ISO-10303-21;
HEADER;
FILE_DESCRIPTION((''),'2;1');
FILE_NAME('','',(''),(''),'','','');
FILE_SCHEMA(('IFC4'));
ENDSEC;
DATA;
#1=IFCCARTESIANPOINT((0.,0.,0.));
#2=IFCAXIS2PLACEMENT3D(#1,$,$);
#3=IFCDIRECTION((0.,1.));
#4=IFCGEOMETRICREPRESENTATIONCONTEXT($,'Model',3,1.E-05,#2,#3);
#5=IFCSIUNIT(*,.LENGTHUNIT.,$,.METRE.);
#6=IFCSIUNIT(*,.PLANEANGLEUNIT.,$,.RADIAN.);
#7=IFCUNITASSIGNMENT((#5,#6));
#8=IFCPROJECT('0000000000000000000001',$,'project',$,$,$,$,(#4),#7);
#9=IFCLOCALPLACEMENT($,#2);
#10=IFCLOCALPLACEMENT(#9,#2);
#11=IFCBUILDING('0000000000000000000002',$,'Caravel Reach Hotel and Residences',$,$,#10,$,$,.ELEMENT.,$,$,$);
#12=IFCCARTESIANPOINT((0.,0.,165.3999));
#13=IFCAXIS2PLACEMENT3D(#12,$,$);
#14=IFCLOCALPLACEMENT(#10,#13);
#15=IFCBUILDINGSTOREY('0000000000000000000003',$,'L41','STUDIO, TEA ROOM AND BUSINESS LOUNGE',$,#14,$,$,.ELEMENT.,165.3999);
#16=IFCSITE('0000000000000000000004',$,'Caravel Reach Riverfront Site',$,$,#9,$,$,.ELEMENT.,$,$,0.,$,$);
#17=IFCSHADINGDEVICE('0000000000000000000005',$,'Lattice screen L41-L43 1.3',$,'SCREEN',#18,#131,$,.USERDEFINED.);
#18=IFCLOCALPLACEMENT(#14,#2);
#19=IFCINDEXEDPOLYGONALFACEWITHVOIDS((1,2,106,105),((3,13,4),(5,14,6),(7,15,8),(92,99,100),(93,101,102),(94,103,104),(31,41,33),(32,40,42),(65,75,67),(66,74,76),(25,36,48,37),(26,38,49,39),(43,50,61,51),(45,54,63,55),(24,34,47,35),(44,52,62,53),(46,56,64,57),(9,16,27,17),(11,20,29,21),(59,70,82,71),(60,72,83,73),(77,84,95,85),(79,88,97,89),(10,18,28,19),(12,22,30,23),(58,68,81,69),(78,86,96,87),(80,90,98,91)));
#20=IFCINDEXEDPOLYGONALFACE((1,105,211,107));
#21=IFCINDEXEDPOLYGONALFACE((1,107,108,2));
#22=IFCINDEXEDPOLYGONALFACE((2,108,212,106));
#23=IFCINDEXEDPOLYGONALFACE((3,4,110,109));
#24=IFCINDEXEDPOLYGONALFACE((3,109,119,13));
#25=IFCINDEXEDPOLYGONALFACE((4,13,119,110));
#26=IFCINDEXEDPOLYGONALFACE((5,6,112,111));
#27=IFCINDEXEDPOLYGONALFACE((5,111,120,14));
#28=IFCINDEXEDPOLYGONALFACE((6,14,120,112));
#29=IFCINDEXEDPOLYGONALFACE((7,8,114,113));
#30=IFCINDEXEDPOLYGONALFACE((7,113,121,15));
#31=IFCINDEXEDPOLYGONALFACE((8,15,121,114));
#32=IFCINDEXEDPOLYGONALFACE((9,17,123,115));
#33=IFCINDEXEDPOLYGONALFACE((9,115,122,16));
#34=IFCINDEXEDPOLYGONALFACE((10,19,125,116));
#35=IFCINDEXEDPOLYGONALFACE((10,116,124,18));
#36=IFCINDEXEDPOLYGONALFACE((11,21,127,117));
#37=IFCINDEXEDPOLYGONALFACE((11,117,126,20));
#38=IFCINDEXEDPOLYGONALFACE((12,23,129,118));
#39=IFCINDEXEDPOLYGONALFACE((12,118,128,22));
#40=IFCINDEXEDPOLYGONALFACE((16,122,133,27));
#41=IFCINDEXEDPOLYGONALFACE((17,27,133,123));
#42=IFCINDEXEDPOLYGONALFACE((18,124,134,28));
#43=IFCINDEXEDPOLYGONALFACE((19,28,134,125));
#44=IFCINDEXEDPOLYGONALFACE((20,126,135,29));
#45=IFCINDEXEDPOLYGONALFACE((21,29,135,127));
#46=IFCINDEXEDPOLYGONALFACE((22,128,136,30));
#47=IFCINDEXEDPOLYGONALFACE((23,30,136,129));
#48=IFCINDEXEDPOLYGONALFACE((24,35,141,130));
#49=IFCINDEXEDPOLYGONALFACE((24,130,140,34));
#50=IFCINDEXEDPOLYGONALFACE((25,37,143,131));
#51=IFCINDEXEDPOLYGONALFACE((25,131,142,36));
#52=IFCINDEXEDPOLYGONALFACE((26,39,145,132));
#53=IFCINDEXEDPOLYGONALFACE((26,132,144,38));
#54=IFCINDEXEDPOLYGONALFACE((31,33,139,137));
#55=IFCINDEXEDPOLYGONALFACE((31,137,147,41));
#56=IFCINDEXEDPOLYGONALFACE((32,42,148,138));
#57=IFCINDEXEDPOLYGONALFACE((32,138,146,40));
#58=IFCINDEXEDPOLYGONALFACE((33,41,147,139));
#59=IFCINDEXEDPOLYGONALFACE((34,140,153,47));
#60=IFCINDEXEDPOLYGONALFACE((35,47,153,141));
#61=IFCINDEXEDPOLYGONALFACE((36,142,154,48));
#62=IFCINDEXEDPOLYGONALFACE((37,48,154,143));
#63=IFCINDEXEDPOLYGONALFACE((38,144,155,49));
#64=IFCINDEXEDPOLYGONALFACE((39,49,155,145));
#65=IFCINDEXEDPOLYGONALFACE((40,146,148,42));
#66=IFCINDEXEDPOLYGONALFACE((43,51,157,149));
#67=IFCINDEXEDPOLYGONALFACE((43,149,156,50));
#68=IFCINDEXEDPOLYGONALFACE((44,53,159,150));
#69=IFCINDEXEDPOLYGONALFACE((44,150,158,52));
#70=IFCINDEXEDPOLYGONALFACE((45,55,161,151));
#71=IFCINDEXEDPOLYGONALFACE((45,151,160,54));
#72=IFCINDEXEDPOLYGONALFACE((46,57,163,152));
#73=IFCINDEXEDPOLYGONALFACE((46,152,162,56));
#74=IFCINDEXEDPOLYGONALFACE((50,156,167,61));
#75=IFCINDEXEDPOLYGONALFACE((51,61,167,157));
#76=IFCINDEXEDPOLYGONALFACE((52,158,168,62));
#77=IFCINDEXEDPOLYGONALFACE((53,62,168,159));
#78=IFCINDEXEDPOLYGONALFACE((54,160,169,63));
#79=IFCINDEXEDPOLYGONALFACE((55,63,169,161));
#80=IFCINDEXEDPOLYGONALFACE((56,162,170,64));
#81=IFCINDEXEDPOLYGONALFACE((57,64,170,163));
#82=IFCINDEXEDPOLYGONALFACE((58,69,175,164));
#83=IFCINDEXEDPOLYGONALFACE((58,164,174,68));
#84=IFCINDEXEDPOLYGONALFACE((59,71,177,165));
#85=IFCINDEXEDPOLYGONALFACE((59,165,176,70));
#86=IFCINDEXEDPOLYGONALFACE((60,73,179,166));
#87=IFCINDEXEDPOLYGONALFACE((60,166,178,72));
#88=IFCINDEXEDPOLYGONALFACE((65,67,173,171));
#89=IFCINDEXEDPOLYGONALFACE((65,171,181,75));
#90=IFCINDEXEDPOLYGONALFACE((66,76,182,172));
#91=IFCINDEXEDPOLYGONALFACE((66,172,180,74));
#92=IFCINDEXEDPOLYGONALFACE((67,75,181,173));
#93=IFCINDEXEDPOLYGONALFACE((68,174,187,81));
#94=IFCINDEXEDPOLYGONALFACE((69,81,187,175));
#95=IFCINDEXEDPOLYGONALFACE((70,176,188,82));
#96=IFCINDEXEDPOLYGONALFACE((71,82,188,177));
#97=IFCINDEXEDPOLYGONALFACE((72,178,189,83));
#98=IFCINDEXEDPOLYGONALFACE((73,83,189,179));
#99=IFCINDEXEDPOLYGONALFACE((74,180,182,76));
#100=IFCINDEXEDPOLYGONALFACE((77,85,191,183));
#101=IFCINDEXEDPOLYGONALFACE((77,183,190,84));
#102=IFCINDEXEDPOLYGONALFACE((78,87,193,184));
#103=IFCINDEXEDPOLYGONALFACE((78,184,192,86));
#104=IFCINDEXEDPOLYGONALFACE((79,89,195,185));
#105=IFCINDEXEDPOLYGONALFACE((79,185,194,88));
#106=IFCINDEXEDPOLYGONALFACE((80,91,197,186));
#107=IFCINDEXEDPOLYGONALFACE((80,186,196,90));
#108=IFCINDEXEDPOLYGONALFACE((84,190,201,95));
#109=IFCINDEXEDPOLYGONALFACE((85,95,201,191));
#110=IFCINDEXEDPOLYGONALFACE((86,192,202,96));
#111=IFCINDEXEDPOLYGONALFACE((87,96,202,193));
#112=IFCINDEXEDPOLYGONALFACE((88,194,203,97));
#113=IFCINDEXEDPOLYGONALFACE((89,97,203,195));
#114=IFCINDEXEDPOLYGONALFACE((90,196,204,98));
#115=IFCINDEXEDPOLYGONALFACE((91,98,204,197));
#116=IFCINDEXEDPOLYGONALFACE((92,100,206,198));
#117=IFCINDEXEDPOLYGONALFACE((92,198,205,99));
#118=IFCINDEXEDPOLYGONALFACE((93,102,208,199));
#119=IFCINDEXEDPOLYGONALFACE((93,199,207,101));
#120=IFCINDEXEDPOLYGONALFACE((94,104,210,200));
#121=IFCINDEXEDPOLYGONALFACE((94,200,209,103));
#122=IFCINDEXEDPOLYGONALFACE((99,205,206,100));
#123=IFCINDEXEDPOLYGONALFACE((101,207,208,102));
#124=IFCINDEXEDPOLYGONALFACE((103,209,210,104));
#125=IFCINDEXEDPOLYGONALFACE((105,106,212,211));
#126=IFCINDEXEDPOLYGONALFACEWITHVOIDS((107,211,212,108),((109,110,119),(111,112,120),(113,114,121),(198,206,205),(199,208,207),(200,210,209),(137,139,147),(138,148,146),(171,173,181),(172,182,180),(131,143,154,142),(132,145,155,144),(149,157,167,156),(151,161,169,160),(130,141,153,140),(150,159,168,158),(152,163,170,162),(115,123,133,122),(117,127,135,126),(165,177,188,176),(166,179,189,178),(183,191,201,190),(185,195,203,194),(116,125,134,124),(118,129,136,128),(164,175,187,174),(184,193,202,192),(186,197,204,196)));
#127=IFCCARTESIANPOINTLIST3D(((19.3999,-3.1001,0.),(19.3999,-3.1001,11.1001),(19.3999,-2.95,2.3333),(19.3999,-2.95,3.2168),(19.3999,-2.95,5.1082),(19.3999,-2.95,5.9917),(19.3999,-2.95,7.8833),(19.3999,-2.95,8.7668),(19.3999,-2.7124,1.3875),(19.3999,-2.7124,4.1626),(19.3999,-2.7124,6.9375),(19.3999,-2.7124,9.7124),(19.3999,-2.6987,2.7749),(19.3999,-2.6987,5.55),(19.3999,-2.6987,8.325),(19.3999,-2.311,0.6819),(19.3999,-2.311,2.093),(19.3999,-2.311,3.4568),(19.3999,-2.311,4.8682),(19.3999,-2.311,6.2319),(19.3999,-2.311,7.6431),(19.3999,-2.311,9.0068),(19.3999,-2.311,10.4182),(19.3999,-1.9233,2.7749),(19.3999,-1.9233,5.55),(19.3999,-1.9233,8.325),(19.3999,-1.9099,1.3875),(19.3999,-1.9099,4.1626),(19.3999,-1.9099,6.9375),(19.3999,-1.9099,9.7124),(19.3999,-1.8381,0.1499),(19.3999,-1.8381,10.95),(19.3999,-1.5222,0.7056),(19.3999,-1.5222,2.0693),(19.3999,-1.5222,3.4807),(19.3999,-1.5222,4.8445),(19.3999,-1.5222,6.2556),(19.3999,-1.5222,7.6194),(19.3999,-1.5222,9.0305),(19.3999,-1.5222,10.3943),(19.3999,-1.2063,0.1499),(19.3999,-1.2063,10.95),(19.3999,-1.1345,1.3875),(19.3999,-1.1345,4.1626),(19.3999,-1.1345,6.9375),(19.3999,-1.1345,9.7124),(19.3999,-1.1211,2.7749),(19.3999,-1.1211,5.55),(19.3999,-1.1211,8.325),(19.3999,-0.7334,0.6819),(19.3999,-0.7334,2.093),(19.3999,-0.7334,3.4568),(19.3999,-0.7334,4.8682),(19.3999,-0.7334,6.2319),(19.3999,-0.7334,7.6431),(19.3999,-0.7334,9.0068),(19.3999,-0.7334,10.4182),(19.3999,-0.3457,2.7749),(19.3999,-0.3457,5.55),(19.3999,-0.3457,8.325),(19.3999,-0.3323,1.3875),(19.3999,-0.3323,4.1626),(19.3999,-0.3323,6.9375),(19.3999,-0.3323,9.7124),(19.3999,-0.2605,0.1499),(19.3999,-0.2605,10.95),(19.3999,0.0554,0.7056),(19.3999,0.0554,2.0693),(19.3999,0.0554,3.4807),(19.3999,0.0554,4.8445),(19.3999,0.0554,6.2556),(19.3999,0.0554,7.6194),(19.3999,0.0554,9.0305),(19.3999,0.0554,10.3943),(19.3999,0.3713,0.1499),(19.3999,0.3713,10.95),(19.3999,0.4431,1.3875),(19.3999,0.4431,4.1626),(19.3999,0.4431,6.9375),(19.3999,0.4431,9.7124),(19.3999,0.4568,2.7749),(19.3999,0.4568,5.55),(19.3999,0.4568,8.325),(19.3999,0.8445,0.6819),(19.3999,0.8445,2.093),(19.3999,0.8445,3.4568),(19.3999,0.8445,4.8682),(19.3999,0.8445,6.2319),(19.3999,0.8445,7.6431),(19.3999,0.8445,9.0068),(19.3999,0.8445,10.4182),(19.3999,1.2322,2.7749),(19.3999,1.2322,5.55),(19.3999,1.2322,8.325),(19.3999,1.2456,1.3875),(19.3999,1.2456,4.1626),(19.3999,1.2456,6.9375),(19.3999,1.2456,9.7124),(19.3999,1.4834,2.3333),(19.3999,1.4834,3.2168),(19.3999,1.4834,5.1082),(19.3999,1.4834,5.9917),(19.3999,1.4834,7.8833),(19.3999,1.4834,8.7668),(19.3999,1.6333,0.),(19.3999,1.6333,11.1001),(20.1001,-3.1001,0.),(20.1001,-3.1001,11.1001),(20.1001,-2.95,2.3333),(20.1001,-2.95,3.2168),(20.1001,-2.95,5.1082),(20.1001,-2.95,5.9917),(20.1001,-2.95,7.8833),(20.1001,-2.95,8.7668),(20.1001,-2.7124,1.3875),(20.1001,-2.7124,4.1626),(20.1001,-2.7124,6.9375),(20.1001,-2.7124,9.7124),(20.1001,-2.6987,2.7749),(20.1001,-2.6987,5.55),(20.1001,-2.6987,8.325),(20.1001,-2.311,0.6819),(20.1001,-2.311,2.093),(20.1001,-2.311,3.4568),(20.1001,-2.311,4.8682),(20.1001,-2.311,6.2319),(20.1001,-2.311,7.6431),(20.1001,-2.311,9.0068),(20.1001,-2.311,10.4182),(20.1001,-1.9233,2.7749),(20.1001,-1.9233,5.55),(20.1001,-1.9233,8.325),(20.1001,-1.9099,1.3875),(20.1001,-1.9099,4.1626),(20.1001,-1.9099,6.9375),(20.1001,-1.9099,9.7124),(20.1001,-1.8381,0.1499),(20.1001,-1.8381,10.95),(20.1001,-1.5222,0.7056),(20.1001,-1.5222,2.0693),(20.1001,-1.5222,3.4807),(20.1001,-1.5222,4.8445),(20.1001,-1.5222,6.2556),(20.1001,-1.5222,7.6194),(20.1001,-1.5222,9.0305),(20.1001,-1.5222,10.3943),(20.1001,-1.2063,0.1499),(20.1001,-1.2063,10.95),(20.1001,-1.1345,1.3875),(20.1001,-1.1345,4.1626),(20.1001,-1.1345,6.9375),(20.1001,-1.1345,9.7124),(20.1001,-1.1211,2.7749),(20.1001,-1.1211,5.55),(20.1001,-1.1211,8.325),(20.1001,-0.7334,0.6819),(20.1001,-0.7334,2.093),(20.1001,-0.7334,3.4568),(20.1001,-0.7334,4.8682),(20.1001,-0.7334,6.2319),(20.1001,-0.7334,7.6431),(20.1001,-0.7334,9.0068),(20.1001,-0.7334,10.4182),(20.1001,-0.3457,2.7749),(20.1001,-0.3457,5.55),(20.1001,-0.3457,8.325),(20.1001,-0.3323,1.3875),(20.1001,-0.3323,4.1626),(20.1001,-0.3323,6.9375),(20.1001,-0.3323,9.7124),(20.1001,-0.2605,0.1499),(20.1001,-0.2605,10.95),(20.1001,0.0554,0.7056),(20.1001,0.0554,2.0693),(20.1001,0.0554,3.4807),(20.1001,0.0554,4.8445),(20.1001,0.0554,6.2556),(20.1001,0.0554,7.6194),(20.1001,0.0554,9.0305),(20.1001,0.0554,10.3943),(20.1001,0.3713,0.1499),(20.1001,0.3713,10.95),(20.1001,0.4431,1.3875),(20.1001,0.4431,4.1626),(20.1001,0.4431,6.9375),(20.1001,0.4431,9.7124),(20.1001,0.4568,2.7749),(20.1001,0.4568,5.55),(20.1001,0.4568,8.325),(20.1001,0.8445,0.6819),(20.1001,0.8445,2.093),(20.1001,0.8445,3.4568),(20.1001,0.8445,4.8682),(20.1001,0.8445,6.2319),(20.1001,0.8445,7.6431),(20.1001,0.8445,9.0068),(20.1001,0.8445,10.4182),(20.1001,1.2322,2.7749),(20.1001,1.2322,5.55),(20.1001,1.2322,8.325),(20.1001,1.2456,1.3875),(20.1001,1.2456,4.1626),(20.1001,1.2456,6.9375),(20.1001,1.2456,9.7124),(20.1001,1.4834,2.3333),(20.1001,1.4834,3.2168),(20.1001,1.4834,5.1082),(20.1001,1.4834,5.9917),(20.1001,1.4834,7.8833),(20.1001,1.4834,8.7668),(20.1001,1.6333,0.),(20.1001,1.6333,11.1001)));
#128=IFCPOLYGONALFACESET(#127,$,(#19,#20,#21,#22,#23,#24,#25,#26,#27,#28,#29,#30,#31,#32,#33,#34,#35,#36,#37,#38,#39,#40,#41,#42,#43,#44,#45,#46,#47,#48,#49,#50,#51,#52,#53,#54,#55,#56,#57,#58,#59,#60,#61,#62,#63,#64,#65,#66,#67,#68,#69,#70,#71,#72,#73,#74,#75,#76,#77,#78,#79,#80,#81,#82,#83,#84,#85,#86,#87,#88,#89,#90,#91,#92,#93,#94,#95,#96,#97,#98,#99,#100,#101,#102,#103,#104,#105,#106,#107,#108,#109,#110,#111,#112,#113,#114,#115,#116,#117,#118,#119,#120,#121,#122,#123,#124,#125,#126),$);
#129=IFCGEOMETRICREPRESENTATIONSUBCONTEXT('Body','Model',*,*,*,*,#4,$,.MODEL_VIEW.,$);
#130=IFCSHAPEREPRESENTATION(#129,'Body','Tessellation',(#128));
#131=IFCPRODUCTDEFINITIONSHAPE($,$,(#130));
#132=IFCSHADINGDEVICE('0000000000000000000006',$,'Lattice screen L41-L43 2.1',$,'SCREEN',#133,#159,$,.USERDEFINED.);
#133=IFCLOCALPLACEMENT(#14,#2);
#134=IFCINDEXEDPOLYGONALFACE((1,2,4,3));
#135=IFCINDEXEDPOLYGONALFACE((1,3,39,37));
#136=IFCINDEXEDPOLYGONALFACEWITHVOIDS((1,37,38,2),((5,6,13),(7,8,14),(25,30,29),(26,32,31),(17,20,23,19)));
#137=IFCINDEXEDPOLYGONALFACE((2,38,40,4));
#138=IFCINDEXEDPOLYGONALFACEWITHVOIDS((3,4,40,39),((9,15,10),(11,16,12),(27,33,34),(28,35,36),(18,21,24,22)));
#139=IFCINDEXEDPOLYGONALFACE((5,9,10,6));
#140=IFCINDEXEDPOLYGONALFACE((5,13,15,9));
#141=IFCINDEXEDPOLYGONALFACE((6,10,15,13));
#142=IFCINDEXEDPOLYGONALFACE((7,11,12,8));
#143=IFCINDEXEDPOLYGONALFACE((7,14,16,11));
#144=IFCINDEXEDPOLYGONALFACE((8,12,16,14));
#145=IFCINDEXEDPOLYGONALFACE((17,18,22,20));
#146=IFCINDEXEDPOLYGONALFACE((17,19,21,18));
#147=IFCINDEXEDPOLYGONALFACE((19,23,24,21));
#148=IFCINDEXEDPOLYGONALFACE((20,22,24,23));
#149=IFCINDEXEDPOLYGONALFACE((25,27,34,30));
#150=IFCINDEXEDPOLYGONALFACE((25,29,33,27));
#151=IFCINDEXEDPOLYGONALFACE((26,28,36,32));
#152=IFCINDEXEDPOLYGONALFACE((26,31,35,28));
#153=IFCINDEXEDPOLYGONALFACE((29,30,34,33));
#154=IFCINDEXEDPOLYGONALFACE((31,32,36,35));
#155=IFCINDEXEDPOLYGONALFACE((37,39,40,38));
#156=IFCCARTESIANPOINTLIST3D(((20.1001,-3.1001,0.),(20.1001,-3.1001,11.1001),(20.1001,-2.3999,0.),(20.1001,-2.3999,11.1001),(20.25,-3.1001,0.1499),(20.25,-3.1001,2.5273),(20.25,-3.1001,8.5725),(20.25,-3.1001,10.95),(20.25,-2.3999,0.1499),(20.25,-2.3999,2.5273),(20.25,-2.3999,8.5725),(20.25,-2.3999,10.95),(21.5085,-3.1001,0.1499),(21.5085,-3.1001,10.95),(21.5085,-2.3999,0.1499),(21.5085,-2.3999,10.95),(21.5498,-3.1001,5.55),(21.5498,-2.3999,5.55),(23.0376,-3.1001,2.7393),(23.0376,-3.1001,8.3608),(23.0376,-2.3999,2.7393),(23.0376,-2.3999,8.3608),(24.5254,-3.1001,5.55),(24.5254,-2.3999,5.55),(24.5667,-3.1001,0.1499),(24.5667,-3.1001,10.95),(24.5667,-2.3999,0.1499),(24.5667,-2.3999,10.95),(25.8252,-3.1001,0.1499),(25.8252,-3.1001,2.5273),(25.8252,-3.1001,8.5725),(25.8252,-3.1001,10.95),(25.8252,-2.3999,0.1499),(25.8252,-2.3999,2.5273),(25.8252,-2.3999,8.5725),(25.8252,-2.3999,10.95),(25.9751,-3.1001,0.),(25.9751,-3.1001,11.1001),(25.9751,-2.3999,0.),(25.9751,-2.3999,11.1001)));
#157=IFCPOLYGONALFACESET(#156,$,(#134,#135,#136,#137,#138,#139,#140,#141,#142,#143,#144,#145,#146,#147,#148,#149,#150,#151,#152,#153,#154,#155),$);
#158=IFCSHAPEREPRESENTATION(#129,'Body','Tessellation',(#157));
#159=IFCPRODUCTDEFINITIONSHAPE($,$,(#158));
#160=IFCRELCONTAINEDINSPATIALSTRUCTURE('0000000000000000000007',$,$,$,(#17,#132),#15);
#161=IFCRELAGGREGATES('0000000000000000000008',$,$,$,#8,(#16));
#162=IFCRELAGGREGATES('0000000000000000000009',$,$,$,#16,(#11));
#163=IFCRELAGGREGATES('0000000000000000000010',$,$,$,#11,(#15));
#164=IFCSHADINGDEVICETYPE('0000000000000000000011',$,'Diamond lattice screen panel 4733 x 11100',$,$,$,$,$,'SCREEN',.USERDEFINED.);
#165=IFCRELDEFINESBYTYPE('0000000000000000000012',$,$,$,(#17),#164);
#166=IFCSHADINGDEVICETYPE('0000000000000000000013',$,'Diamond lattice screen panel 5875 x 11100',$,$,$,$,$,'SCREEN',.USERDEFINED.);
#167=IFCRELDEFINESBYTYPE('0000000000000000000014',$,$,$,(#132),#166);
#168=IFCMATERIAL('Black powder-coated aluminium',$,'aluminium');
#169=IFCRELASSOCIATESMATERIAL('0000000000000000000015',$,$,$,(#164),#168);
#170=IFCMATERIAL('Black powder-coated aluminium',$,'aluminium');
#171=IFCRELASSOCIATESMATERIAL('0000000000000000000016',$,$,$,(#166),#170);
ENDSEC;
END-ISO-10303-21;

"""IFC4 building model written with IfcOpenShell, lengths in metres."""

from ifc_helpers import new_model, si_unit, direction, frame, origin, place, context, subcontext, project, spatial, polyline, outline, extrude, material, type_object, element, save


model = new_model("IFC4")

# Units and contexts
model_context = context("Model", 3, precision=1e-05, world=origin(), true_north=direction((0.0, 1.0)))
body_context = subcontext(model_context, "Body", "Model", "MODEL_VIEW")
ifc_project = project(units=[si_unit("LENGTHUNIT", "METRE"), si_unit("PLANEANGLEUNIT", "RADIAN")], contexts=[model_context])

# Site, building, storey
site_placement = place(None, origin())
site = spatial("IfcSite", under=ifc_project, at=site_placement, Name="Caravel Reach Riverfront Site", CompositionType="ELEMENT", RefElevation=0.0)
building_placement = place(site_placement, origin())
building = spatial("IfcBuilding", under=site, at=building_placement, Name="Caravel Reach Hotel and Residences", CompositionType="ELEMENT")
storey_placement = place(building_placement, frame((0.0, 0.0, 165.3999)))
storey = spatial("IfcBuildingStorey", under=building, at=storey_placement, Name="L41", Description="STUDIO, TEA ROOM AND BUSINESS LOUNGE", CompositionType="ELEMENT", Elevation=165.3999)

# Shading devices
ifc_material_1 = material(Name="Black powder-coated aluminium", Category="aluminium")
shading_device_type_1 = type_object("IfcShadingDeviceType", Name="Diamond lattice screen panel 4733 x 11100", ElementType="SCREEN", PredefinedType="USERDEFINED", material=ifc_material_1)
shading_device_placement = place(storey_placement, frame((20.1001, 1.6333, 0.0), z_axis=(-1.0, 0.0, 0.0), x_axis=(0.0, -1.0, 0.0)))
element("IfcShadingDevice", 1, at=shading_device_placement, inside=storey, type_object=shading_device_type_1, Name="Lattice screen L41-L43 1.3", ObjectType="SCREEN", PredefinedType="USERDEFINED", context=body_context, shape_type="SweptSolid", body=[
    extrude(outline(polyline([(0.0, 0.0), (4.7334, 0.0), (4.7334, 11.1001), (0.0, 11.1001), (0.0, 0.0)]), holes=[polyline([(0.4011, 2.7749), (0.1499, 3.2168), (0.1499, 2.3333), (0.4011, 2.7749)]), polyline([(0.4011, 5.55), (0.1499, 5.9917), (0.1499, 5.1082), (0.4011, 5.55)]), polyline([(0.4011, 8.325), (0.1499, 8.7668), (0.1499, 7.8833), (0.4011, 8.325)]), polyline([(0.7888, 2.093), (0.3877, 1.3875), (0.7888, 0.6819), (1.1902, 1.3875), (0.7888, 2.093)]), polyline([(0.7888, 4.8682), (0.3877, 4.1626), (0.7888, 3.4568), (1.1902, 4.1626), (0.7888, 4.8682)]), polyline([(0.7888, 7.6431), (0.3877, 6.9375), (0.7888, 6.2319), (1.1902, 6.9375), (0.7888, 7.6431)]), polyline([(0.7888, 10.4182), (0.3877, 9.7124), (0.7888, 9.0068), (1.1902, 9.7124), (0.7888, 10.4182)]), polyline([(1.5779, 0.7056), (1.262, 0.1499), (1.8938, 0.1499), (1.5779, 0.7056)]), polyline([(1.5779, 3.4807), (1.1765, 2.7749), (1.5779, 2.0693), (1.979, 2.7749), (1.5779, 3.4807)]), polyline([(1.5779, 6.2556), (1.1765, 5.55), (1.5779, 4.8445), (1.979, 5.55), (1.5779, 6.2556)]), polyline([(1.5779, 9.0305), (1.1765, 8.325), (1.5779, 7.6194), (1.979, 8.325), (1.5779, 9.0305)]), polyline([(1.5779, 10.3943), (1.8938, 10.95), (1.262, 10.95), (1.5779, 10.3943)]), polyline([(2.3667, 2.093), (1.9656, 1.3875), (2.3667, 0.6819), (2.7678, 1.3875), (2.3667, 2.093)]), polyline([(2.3667, 4.8682), (1.9656, 4.1626), (2.3667, 3.4568), (2.7678, 4.1626), (2.3667, 4.8682)]), polyline([(2.3667, 7.6431), (1.9656, 6.9375), (2.3667, 6.2319), (2.7678, 6.9375), (2.3667, 7.6431)]), polyline([(2.3667, 10.4182), (1.9656, 9.7124), (2.3667, 9.0068), (2.7678, 9.7124), (2.3667, 10.4182)]), polyline([(3.1555, 0.7056), (2.8396, 0.1499), (3.4714, 0.1499), (3.1555, 0.7056)]), polyline([(3.1555, 3.4807), (2.7544, 2.7749), (3.1555, 2.0693), (3.5566, 2.7749), (3.1555, 3.4807)]), polyline([(3.1555, 6.2556), (2.7544, 5.55), (3.1555, 4.8445), (3.5566, 5.55), (3.1555, 6.2556)]), polyline([(3.1555, 9.0305), (2.7544, 8.325), (3.1555, 7.6194), (3.5566, 8.325), (3.1555, 9.0305)]), polyline([(3.1555, 10.3943), (3.4714, 10.95), (2.8396, 10.95), (3.1555, 10.3943)]), polyline([(3.9443, 2.093), (3.5432, 1.3875), (3.9443, 0.6819), (4.3457, 1.3875), (3.9443, 2.093)]), polyline([(3.9443, 4.8682), (3.5432, 4.1626), (3.9443, 3.4568), (4.3457, 4.1626), (3.9443, 4.8682)]), polyline([(3.9443, 7.6431), (3.5432, 6.9375), (3.9443, 6.2319), (4.3457, 6.9375), (3.9443, 7.6431)]), polyline([(3.9443, 10.4182), (3.5432, 9.7124), (3.9443, 9.0068), (4.3457, 9.7124), (3.9443, 10.4182)]), polyline([(4.332, 2.7749), (4.5833, 2.3333), (4.5833, 3.2168), (4.332, 2.7749)]), polyline([(4.332, 5.55), (4.5833, 5.1082), (4.5833, 5.9917), (4.332, 5.55)]), polyline([(4.332, 8.325), (4.5833, 7.8833), (4.5833, 8.7668), (4.332, 8.325)])]), origin(), (0.0, 0.0, 1.0), 0.7002),
])
ifc_material_2 = material(Name="Black powder-coated aluminium", Category="aluminium")
shading_device_type_2 = type_object("IfcShadingDeviceType", Name="Diamond lattice screen panel 5875 x 11100", ElementType="SCREEN", PredefinedType="USERDEFINED", material=ifc_material_2)
for number, where, z_axis, x_axis, name in (
    (2, (20.1001, -2.3999, 0.0), (0.0, -1.0, 0.0), (1.0, 0.0, 0.0), "Lattice screen L41-L43 2.1"),
):
    element("IfcShadingDevice", number, at=place(storey_placement, frame(where, z_axis=z_axis, x_axis=x_axis)), inside=storey, type_object=shading_device_type_2, Name=name, ObjectType="SCREEN", PredefinedType="USERDEFINED", context=body_context, shape_type="SweptSolid", body=[
        extrude(outline(polyline([(0.0, 0.0), (5.875, 0.0), (5.875, 11.1001), (0.0, 11.1001), (0.0, 0.0)]), holes=[polyline([(1.4084, 0.1499), (0.1499, 2.5273), (0.1499, 0.1499), (1.4084, 0.1499)]), polyline([(0.1499, 8.5725), (1.4084, 10.95), (0.1499, 10.95), (0.1499, 8.5725)]), polyline([(2.9375, 8.3608), (1.4497, 5.55), (2.9375, 2.7393), (4.4253, 5.55), (2.9375, 8.3608)]), polyline([(5.7251, 2.5273), (4.4666, 0.1499), (5.7251, 0.1499), (5.7251, 2.5273)]), polyline([(4.4666, 10.95), (5.7251, 8.5725), (5.7251, 10.95), (4.4666, 10.95)])]), origin(), (0.0, 0.0, 1.0), 0.7002),
    ])

save(model, "model.ifc")
